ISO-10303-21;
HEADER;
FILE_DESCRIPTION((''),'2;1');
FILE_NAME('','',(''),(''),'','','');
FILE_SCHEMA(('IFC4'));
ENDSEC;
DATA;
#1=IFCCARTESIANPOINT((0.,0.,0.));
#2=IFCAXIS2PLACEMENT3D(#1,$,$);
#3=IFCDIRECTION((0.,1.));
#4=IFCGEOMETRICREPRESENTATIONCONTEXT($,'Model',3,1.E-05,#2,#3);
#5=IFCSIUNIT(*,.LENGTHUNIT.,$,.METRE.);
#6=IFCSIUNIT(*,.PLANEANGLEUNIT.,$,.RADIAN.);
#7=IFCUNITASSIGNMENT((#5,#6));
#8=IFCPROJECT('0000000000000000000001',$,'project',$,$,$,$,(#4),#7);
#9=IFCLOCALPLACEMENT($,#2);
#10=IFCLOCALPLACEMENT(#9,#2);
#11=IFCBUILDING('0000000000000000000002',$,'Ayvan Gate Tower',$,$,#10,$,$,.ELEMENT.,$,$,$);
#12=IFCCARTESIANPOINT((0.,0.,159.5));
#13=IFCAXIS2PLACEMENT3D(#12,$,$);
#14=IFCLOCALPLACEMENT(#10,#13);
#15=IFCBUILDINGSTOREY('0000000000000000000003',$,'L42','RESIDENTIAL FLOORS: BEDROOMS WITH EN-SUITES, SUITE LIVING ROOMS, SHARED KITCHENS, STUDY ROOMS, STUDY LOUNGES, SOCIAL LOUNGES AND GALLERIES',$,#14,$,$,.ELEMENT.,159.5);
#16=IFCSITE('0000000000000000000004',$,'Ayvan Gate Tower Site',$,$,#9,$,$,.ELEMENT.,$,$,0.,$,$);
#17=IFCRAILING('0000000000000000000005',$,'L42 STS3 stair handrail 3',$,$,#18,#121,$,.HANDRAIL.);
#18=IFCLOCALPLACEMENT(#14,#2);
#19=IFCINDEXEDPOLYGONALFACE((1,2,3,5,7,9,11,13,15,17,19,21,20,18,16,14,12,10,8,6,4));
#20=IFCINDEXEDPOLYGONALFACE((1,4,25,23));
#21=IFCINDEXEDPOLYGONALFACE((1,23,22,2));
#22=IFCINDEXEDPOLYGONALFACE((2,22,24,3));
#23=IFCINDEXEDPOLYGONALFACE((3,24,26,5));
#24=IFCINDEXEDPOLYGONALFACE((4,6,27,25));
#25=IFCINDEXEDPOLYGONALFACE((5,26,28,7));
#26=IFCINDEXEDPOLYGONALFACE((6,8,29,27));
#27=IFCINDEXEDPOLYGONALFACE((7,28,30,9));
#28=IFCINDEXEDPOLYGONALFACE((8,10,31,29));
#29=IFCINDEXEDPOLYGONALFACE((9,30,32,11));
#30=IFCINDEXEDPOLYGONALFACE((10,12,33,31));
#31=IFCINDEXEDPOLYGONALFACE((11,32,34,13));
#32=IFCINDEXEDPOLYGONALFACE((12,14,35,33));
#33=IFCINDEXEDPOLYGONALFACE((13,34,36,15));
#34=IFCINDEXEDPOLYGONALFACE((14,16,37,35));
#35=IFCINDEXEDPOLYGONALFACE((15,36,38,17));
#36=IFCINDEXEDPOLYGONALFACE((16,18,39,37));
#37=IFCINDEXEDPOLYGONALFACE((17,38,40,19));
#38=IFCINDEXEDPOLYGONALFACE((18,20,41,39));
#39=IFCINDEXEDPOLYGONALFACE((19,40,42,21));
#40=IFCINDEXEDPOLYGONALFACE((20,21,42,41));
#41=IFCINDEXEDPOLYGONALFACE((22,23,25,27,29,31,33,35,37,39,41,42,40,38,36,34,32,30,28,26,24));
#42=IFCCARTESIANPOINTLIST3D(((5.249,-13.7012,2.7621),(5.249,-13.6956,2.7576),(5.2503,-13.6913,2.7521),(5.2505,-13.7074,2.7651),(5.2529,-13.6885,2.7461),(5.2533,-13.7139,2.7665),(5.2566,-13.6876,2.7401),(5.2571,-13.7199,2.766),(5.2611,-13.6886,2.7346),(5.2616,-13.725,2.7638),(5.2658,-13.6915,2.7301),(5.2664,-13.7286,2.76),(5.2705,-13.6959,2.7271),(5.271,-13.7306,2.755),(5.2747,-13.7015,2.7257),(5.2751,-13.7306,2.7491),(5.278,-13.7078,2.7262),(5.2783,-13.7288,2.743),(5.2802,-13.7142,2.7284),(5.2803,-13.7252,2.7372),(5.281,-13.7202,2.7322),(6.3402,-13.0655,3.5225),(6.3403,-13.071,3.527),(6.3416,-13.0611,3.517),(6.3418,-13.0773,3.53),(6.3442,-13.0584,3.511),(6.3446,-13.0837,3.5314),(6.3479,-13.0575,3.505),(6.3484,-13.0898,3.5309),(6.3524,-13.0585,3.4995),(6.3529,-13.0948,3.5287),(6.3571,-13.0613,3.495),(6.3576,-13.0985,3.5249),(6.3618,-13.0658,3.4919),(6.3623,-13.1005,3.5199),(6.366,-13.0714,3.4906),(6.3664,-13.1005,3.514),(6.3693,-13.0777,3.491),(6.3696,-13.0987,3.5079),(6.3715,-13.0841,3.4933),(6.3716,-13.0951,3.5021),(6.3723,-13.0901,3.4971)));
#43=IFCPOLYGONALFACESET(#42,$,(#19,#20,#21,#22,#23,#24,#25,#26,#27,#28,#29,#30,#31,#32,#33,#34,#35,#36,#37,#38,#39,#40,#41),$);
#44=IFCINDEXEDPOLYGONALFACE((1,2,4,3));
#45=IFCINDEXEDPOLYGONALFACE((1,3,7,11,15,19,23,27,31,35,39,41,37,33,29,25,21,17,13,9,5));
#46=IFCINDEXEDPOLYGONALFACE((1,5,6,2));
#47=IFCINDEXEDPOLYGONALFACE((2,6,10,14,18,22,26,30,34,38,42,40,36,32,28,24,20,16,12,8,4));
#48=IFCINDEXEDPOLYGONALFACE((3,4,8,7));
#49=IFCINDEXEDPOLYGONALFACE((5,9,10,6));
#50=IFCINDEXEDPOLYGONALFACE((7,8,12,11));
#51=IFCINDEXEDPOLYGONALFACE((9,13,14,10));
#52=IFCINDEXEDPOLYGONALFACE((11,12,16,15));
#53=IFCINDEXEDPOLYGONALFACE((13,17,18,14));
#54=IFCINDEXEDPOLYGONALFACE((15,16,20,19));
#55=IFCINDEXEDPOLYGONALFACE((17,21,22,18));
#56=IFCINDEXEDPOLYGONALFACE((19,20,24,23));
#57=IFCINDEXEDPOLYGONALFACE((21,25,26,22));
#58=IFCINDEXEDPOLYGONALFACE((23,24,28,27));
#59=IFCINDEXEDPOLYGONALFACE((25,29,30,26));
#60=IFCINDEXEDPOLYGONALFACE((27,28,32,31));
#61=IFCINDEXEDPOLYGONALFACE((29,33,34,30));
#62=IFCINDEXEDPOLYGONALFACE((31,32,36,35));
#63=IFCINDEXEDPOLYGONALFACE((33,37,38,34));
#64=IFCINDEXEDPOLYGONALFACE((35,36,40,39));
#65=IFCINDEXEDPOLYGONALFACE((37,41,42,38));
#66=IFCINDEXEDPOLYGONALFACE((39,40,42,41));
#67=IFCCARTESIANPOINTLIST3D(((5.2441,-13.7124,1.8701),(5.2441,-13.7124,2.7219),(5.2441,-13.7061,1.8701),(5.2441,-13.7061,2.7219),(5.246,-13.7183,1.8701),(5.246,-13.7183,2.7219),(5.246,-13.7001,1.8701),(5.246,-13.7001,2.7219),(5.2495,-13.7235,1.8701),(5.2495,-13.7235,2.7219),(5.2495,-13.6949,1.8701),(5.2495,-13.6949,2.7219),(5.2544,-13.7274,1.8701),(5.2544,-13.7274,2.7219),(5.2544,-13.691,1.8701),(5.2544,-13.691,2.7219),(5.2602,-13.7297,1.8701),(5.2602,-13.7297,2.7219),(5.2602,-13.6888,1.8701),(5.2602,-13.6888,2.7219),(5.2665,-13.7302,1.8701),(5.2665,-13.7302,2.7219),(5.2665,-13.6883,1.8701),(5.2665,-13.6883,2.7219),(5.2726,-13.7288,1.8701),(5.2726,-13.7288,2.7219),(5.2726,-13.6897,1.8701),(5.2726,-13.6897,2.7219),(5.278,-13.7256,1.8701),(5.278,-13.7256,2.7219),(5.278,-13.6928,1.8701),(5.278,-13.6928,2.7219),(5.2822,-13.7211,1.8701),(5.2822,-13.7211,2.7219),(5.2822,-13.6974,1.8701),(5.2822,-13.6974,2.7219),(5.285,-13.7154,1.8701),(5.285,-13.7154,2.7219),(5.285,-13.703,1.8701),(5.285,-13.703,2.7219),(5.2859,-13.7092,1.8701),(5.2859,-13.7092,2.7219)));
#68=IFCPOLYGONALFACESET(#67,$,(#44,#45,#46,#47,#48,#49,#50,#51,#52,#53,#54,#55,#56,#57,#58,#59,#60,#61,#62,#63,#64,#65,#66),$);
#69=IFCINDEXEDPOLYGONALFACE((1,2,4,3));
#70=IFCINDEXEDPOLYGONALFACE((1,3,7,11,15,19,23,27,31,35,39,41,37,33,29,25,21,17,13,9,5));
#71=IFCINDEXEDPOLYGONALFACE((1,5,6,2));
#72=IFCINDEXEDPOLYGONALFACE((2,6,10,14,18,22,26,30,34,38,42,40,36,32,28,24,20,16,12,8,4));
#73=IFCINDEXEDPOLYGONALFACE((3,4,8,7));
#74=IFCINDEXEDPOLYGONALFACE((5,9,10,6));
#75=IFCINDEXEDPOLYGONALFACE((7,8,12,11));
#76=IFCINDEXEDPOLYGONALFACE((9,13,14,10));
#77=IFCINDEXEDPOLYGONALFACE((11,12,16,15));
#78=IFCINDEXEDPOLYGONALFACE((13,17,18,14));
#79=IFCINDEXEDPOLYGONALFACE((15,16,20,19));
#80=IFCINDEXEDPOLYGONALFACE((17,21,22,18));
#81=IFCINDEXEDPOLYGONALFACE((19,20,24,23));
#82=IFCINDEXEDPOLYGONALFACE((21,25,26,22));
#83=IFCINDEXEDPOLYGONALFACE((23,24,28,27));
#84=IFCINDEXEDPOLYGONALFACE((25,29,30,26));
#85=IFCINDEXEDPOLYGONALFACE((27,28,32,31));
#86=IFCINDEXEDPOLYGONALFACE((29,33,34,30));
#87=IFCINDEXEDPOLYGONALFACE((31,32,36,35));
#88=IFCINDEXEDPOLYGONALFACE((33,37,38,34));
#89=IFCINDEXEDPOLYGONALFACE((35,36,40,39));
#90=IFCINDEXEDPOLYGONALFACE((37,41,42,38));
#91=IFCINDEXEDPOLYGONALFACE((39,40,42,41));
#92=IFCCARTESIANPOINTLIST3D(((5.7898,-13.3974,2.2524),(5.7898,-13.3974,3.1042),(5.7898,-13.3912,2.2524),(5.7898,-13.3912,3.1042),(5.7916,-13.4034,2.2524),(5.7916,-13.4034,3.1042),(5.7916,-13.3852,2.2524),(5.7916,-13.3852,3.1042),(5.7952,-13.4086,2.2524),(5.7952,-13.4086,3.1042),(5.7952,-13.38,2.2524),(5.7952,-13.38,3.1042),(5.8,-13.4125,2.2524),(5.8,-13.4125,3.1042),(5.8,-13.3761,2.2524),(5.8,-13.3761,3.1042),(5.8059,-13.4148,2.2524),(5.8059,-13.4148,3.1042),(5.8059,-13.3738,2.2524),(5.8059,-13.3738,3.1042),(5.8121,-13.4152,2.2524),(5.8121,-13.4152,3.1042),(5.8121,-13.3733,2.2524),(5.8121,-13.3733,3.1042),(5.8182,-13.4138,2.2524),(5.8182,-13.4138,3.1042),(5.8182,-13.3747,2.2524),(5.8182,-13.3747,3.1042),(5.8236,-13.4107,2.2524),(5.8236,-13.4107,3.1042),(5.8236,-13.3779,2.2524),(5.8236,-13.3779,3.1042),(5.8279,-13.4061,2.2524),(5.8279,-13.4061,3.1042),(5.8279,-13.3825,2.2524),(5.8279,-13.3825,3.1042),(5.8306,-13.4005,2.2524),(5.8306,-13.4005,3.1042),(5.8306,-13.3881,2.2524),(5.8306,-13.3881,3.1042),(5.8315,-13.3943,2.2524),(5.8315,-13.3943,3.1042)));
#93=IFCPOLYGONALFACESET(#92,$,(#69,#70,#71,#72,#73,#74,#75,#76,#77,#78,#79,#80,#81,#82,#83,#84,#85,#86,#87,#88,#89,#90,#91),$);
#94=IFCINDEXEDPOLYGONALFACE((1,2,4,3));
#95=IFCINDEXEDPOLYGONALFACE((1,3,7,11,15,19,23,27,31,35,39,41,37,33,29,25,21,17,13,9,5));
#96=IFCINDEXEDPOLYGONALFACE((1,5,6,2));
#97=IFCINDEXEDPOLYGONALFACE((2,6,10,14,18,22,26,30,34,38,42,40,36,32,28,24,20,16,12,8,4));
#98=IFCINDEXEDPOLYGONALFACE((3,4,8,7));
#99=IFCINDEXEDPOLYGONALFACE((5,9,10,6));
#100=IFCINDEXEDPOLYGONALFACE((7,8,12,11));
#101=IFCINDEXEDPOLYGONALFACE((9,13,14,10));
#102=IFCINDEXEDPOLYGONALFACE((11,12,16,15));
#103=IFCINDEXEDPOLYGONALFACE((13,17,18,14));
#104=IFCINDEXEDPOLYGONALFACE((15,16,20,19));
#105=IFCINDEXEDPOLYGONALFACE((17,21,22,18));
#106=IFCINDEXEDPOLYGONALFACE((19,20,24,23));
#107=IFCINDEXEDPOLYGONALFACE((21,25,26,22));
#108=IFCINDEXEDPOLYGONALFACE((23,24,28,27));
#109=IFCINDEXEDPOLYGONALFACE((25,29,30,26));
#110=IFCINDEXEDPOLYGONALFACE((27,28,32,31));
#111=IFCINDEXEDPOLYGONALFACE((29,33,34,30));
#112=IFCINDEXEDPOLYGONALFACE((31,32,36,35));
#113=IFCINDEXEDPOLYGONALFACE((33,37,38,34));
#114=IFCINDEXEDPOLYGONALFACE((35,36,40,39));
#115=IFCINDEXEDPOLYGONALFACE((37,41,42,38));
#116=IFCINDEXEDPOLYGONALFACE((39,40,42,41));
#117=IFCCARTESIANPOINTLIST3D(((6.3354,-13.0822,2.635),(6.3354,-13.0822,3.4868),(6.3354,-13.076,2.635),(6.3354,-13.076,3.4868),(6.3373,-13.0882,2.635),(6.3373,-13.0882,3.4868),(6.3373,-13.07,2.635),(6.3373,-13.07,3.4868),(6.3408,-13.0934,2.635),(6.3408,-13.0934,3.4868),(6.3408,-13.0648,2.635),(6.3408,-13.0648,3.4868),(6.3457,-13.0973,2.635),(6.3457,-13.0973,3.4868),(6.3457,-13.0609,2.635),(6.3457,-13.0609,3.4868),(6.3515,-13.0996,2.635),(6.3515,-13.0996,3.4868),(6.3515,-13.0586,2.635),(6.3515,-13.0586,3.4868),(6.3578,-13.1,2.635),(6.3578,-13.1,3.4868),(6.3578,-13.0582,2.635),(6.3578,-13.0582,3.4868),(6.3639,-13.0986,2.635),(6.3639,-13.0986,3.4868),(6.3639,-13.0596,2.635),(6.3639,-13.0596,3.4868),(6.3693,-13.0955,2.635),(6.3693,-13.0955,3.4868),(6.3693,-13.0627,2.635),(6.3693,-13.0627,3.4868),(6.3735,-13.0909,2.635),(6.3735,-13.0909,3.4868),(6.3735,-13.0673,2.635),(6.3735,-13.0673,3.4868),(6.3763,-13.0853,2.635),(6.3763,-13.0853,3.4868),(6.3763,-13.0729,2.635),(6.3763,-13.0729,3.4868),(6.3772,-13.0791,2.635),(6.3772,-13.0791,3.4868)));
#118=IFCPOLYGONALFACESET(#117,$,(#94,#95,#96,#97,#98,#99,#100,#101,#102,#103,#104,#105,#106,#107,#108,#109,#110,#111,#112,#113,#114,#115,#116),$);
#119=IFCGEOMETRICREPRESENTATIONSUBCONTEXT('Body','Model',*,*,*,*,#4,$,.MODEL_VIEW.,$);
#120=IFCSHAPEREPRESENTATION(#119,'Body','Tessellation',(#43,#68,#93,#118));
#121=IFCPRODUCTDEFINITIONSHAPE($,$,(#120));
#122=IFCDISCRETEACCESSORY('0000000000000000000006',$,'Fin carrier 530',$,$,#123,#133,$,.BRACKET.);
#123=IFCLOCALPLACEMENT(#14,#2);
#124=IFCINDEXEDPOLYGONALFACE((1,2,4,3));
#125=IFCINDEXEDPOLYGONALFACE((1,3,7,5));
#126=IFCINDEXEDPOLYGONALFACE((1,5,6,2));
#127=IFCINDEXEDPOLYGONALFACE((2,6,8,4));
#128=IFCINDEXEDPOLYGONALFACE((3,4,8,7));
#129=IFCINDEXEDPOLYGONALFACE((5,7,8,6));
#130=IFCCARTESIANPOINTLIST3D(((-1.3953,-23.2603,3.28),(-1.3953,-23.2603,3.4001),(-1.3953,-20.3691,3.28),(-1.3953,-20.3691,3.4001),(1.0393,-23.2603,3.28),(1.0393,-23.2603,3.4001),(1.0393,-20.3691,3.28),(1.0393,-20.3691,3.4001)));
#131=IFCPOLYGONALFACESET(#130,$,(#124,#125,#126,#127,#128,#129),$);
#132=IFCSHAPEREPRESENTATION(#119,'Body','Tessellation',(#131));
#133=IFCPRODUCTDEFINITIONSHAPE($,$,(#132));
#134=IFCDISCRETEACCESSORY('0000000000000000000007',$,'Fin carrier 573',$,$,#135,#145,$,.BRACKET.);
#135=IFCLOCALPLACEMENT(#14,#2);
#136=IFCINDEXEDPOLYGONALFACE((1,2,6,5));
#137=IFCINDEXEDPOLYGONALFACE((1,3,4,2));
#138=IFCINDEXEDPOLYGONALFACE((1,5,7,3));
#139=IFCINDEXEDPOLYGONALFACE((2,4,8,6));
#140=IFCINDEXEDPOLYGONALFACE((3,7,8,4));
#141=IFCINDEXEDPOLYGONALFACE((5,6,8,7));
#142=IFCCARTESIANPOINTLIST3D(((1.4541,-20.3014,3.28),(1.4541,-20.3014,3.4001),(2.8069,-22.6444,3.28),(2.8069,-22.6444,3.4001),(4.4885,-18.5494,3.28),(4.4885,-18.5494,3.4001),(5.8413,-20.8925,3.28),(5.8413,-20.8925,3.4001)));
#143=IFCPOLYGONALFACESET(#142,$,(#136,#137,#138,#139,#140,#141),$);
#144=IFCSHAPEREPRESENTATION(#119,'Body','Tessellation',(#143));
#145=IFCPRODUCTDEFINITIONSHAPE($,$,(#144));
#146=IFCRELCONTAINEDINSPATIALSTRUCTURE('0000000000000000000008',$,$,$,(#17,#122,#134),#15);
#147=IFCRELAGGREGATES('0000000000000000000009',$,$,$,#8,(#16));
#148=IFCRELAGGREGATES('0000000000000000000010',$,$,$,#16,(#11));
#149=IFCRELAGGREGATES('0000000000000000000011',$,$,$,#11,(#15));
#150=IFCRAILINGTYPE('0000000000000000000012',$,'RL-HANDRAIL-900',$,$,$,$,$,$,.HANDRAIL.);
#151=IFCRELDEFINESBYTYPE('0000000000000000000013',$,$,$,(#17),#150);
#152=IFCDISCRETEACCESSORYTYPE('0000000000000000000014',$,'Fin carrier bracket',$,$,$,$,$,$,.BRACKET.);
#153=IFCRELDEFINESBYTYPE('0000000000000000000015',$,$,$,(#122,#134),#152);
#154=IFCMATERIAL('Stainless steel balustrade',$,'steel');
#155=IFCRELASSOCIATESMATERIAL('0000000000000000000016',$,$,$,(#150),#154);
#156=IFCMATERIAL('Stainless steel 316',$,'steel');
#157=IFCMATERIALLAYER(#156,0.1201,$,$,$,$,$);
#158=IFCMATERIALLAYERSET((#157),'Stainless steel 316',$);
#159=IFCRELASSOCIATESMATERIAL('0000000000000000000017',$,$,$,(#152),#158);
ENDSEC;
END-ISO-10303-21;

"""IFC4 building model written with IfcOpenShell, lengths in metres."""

from ifc_helpers import new_model, si_unit, direction, frame, origin, origin_2d, place, context, subcontext, project, spatial, rectangle, circle, extrude, material, layer, layer_set, type_object, element, save


model = new_model("IFC4")

# Units and contexts
model_context = context("Model", 3, precision=1e-05, world=origin(), true_north=direction((0.0, 1.0)))
body_context = subcontext(model_context, "Body", "Model", "MODEL_VIEW")
ifc_project = project(units=[si_unit("LENGTHUNIT", "METRE"), si_unit("PLANEANGLEUNIT", "RADIAN")], contexts=[model_context])

# Site, building, storey
site_placement = place(None, origin())
site = spatial("IfcSite", under=ifc_project, at=site_placement, Name="Ayvan Gate Tower Site", CompositionType="ELEMENT", RefElevation=0.0)
building_placement = place(site_placement, origin())
building = spatial("IfcBuilding", under=site, at=building_placement, Name="Ayvan Gate Tower", CompositionType="ELEMENT")
storey_placement = place(building_placement, frame((0.0, 0.0, 159.5)))
storey = spatial("IfcBuildingStorey", under=building, at=storey_placement, Name="L42", Description="RESIDENTIAL FLOORS: BEDROOMS WITH EN-SUITES, SUITE LIVING ROOMS, SHARED KITCHENS, STUDY ROOMS, STUDY LOUNGES, SOCIAL LOUNGES AND GALLERIES", CompositionType="ELEMENT", Elevation=159.5)

# Railing
ifc_material_1 = material(Name="Stainless steel balustrade", Category="steel")
railing_type_1 = type_object("IfcRailingType", Name="RL-HANDRAIL-900", PredefinedType="HANDRAIL", material=ifc_material_1)
railing_1_placement = place(storey_placement, frame((5.2649, -13.7092, 1.8701)))
element("IfcRailing", 1, at=railing_1_placement, inside=storey, type_object=railing_type_1, Name="L42 STS3 stair handrail 3", PredefinedType="HANDRAIL", context=body_context, shape_type="SweptSolid", body=[
    extrude(circle(Radius=0.0239, at=origin_2d()), frame((0.0, 0.0, 0.876), z_axis=(0.740304, 0.427455, 0.518875), x_axis=(-0.500035, 0.866005, 0.0)), (0.0, 0.0, 1.0), 1.4741),
    extrude(circle(Radius=0.021, at=origin_2d()), origin(), (0.0, 0.0, 1.0), 0.8518),
    extrude(circle(Radius=0.021, at=origin_2d()), frame((0.5457, 0.3149, 0.3823)), (0.0, 0.0, 1.0), 0.8518),
    extrude(circle(Radius=0.021, at=origin_2d()), frame((1.0913, 0.6301, 0.7649)), (0.0, 0.0, 1.0), 0.8518),
])

# Discrete accessories
ifc_material_2 = material(Name="Stainless steel 316", Category="steel")
ifc_layer_1 = layer(ifc_material_2, 0.1201)
ifc_layer_set_1 = layer_set([ifc_layer_1], Name="Stainless steel 316")
discrete_accessory_type = type_object("IfcDiscreteAccessoryType", Name="Fin carrier bracket", PredefinedType="BRACKET", material=ifc_layer_set_1)
discrete_accessory_1_placement = place(storey_placement, frame((-0.178, -21.8147, 3.28), z_axis=(0.0, 0.0, 1.0), x_axis=(1.0, 0.0, 0.0)))
element("IfcDiscreteAccessory", 2, at=discrete_accessory_1_placement, inside=storey, type_object=discrete_accessory_type, Name="Fin carrier 530", PredefinedType="BRACKET", context=body_context, shape_type="SweptSolid", body=[
    extrude(rectangle(XDim=2.4346, YDim=2.8911, at=origin_2d()), origin(), (0.0, 0.0, 1.0), 0.1201),
])
discrete_accessory_2_placement = place(storey_placement, frame((3.6477, -20.5969, 3.28), z_axis=(0.0, 0.0, 1.0), x_axis=(0.866025, 0.5, 0.0)))
element("IfcDiscreteAccessory", 3, at=discrete_accessory_2_placement, inside=storey, type_object=discrete_accessory_type, Name="Fin carrier 573", PredefinedType="BRACKET", context=body_context, shape_type="SweptSolid", body=[
    extrude(rectangle(XDim=3.5039, YDim=2.7056, at=origin_2d()), origin(), (0.0, 0.0, 1.0), 0.1201),
])

save(model, "model.ifc")
